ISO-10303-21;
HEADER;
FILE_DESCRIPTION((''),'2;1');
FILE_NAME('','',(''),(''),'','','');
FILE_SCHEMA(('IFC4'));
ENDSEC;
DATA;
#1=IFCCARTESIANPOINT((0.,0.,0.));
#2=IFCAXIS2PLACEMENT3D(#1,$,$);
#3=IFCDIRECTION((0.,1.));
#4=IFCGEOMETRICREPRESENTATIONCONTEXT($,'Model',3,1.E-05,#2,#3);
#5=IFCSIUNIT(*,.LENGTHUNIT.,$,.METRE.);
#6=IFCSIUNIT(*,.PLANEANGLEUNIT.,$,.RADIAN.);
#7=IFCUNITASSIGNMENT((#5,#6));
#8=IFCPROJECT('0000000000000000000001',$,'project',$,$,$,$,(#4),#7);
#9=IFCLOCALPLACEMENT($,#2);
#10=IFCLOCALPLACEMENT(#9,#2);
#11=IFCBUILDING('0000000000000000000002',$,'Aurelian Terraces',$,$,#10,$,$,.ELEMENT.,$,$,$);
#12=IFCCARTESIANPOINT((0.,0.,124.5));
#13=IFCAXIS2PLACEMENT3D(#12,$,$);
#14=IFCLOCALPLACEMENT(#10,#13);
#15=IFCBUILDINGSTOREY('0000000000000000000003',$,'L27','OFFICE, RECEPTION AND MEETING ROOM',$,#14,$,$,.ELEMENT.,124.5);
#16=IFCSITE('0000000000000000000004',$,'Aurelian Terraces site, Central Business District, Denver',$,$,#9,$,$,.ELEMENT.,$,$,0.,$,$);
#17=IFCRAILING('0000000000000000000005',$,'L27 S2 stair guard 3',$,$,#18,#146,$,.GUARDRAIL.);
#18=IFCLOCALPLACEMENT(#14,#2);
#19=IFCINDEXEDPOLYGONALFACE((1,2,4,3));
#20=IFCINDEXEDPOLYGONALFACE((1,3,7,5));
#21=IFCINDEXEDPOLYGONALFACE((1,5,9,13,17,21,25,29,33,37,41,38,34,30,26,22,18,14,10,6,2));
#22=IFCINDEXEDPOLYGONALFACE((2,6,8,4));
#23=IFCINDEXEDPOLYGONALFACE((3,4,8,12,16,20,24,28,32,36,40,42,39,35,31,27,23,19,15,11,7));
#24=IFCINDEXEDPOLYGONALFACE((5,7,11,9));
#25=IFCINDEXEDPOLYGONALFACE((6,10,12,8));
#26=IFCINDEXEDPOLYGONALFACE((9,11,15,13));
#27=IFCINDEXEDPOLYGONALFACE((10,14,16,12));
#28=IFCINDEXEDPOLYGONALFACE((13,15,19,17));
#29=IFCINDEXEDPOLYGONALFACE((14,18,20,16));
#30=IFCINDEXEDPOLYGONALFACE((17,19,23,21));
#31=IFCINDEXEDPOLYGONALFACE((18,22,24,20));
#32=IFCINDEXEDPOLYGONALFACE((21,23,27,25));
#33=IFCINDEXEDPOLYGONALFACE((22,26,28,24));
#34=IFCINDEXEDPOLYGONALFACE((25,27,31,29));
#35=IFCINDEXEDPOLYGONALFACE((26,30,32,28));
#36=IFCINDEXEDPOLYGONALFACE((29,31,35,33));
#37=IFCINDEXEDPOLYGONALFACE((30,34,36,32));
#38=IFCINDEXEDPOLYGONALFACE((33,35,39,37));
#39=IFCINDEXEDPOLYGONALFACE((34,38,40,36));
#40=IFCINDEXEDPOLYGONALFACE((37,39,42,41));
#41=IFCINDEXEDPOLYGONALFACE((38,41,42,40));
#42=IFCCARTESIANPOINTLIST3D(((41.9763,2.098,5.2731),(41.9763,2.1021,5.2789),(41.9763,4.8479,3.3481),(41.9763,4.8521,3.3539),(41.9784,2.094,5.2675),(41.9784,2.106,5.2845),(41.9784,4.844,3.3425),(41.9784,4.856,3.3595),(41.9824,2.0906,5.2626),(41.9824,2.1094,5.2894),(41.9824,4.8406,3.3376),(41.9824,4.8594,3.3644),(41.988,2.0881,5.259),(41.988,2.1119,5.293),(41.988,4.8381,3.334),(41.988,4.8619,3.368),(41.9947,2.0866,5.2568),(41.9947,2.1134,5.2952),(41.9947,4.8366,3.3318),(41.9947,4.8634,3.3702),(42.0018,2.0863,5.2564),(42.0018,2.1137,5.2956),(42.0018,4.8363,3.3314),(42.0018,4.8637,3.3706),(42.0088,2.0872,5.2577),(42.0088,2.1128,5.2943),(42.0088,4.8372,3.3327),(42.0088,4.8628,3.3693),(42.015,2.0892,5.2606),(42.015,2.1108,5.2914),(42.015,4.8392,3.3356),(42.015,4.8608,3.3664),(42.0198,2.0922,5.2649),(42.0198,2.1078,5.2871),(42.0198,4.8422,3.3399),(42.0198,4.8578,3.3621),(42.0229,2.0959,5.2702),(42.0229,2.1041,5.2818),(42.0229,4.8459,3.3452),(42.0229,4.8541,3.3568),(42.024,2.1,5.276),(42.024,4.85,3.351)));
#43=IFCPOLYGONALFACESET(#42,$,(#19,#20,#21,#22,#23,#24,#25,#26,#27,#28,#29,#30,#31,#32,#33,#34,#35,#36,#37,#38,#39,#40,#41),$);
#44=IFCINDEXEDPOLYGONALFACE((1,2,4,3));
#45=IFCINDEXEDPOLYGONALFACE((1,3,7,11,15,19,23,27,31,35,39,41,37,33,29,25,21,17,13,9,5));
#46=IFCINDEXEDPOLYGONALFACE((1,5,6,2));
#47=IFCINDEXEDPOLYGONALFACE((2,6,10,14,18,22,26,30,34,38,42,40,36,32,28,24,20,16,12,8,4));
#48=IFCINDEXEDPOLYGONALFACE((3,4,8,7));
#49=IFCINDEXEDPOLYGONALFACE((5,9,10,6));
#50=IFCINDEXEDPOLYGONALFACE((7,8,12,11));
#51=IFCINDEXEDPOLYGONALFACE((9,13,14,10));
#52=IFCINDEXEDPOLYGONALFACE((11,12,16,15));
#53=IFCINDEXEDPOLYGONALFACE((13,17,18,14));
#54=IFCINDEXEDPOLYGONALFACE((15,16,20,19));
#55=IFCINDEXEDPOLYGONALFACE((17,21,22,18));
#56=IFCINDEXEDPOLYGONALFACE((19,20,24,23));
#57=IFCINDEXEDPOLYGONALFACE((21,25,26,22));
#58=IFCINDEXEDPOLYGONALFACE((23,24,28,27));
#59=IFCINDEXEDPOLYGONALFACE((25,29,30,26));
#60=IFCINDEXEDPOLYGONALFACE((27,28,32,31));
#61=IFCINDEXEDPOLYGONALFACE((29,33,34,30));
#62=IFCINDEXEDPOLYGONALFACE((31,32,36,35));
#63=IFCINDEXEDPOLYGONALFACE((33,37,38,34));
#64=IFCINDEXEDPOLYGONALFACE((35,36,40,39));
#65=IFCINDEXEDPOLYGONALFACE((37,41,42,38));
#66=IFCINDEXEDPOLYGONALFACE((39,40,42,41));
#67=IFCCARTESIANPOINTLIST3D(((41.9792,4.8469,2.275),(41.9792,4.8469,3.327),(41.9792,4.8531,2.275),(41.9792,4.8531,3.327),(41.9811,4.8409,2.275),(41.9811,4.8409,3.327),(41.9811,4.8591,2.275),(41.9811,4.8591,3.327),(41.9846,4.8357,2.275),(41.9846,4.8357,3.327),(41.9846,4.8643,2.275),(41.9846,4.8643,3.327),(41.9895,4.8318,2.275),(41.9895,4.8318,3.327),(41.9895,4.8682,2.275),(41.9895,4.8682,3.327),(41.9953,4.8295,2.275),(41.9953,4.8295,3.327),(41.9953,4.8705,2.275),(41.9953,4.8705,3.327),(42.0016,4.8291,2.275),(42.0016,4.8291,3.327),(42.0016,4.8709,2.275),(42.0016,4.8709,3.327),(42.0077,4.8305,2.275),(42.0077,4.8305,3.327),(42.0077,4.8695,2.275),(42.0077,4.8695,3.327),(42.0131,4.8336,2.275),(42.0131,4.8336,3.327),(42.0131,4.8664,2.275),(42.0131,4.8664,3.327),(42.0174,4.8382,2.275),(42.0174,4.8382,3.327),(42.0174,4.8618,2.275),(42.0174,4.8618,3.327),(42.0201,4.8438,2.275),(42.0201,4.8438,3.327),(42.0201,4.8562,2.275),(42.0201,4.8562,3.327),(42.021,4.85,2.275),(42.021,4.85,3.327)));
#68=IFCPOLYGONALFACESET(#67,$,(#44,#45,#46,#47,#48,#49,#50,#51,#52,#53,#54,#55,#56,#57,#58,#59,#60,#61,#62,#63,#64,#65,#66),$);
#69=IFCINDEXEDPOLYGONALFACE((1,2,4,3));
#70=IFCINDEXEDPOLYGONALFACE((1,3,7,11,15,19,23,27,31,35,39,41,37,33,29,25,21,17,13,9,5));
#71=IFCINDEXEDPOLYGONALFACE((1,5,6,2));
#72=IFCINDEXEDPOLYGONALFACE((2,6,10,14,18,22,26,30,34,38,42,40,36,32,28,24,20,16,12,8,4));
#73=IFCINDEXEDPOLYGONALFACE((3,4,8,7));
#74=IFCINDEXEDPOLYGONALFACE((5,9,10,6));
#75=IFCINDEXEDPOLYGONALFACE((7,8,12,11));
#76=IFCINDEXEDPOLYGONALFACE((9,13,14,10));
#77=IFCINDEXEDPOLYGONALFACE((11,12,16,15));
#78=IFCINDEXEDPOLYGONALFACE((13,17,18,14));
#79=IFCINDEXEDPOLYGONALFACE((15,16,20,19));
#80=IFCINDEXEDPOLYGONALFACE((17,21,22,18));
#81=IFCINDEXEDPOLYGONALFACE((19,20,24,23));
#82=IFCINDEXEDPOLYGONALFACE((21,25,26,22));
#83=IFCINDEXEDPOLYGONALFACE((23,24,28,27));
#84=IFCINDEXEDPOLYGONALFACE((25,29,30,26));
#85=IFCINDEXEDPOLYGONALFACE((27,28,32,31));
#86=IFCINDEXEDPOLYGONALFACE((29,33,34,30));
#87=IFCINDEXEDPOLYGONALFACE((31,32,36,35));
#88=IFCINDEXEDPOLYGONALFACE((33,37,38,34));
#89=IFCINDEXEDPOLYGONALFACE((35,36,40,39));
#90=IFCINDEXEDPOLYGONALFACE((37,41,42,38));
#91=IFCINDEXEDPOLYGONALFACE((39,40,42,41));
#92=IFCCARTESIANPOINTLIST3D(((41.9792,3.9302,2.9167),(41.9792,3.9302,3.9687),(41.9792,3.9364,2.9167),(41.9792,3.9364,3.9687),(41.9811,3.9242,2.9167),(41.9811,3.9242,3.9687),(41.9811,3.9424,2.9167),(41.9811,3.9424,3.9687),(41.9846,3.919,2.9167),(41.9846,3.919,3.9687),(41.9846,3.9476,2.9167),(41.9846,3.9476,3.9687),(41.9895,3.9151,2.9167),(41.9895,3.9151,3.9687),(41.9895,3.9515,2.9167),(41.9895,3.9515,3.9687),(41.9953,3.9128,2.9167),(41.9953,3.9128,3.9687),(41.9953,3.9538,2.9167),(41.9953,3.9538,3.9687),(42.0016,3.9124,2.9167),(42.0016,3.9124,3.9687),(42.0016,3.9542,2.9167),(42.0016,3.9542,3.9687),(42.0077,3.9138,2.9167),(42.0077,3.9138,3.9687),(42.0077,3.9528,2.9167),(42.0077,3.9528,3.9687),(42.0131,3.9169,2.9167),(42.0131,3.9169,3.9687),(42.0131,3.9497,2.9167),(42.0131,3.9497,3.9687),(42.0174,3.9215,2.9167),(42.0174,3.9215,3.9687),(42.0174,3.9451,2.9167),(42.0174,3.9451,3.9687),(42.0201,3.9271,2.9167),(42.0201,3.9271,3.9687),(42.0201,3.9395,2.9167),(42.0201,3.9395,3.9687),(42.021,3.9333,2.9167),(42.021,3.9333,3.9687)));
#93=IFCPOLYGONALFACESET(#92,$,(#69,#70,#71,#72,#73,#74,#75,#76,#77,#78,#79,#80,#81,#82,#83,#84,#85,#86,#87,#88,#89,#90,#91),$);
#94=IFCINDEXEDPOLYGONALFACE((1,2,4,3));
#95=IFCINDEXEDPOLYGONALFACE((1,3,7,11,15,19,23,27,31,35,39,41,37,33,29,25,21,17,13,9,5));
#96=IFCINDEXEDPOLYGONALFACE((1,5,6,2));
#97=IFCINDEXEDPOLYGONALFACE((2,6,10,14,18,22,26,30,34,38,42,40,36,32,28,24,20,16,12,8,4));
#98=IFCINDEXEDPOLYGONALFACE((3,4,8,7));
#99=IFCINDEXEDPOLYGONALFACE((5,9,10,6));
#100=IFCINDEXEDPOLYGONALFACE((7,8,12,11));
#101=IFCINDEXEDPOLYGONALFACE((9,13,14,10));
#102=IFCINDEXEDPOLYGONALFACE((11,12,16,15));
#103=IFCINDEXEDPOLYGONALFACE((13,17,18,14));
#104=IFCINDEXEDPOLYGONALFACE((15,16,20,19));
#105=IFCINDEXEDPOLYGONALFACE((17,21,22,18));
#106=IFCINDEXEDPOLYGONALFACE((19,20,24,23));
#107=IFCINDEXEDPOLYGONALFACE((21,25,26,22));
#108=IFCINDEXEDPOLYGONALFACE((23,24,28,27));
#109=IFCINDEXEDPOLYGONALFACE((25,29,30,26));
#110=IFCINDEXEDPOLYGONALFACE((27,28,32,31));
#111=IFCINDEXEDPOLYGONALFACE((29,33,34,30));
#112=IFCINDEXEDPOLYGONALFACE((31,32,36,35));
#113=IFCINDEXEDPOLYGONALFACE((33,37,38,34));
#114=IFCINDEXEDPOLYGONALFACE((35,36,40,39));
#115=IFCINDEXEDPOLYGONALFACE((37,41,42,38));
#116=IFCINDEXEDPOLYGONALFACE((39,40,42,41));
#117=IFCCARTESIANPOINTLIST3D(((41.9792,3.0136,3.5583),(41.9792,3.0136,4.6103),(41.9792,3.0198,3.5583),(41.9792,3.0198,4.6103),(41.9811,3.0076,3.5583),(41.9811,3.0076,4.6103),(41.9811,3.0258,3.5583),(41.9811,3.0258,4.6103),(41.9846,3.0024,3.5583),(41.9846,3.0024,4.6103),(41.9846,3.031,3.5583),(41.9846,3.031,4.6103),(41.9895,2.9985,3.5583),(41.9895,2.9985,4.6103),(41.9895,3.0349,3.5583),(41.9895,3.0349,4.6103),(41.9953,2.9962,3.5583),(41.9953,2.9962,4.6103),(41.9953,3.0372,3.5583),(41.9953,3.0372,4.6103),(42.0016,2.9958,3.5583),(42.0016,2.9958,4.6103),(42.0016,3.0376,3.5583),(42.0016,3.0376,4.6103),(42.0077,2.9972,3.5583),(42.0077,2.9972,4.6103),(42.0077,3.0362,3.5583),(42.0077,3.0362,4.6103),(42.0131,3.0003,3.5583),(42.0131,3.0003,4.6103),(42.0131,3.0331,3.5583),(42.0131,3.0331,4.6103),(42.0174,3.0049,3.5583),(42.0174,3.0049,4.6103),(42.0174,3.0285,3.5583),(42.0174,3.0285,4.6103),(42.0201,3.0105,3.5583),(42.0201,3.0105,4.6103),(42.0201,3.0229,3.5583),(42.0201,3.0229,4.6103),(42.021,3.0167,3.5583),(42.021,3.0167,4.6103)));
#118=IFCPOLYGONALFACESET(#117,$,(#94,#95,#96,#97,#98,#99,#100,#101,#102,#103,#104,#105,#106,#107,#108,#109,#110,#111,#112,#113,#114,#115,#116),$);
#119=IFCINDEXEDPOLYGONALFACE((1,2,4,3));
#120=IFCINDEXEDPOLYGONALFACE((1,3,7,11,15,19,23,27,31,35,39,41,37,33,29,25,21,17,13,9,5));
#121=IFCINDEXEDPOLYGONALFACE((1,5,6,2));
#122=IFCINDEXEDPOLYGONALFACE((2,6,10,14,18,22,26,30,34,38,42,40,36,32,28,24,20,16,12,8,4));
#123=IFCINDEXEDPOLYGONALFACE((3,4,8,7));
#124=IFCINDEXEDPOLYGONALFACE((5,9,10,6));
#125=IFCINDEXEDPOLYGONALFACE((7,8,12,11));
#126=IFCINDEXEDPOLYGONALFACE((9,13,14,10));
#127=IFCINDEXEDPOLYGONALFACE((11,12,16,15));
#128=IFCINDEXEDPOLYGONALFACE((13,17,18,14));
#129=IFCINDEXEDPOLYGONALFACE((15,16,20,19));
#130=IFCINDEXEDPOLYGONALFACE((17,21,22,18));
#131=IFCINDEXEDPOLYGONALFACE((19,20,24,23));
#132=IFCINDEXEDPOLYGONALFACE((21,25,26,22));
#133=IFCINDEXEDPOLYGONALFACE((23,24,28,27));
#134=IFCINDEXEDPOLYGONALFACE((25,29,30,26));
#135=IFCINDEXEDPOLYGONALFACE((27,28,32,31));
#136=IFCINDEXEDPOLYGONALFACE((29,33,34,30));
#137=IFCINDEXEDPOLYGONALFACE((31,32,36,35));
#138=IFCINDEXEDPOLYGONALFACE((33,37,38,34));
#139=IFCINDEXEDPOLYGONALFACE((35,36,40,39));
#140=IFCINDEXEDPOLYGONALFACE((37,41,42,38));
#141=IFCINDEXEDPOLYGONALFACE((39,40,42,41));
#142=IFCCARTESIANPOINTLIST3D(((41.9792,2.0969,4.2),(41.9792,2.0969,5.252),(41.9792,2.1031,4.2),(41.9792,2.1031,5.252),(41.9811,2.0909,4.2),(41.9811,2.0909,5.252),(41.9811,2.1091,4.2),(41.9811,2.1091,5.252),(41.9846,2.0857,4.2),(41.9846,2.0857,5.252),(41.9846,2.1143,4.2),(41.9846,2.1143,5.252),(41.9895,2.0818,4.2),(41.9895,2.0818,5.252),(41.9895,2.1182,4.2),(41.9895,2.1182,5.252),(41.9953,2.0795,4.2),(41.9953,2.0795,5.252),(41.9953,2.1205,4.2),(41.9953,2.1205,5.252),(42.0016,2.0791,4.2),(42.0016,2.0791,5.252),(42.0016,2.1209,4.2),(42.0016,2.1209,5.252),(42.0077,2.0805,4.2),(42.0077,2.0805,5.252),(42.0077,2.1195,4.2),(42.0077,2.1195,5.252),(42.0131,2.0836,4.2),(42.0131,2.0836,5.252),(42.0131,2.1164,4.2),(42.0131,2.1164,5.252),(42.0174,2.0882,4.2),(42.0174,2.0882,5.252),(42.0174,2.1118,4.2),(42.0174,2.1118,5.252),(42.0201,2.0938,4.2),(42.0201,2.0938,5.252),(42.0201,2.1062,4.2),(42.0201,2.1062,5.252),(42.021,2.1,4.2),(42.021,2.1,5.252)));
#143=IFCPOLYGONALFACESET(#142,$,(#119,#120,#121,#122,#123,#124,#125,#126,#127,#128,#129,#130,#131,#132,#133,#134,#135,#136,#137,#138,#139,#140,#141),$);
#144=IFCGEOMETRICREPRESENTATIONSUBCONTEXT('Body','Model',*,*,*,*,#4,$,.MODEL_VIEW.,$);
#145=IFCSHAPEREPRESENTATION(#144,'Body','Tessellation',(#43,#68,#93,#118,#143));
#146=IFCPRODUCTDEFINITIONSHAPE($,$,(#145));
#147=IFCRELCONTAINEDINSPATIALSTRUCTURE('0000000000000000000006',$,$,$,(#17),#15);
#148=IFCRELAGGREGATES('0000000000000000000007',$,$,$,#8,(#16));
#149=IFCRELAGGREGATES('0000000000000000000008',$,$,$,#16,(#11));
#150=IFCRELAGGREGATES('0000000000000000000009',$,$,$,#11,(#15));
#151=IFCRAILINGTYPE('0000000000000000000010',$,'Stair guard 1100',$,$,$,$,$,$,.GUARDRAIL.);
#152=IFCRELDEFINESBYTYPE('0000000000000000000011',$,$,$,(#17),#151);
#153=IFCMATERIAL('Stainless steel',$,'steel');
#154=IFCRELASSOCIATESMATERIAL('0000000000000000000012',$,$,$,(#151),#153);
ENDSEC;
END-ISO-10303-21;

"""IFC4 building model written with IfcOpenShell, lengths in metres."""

from ifc_helpers import new_model, si_unit, direction, frame, origin, origin_2d, place, context, subcontext, project, spatial, circle, extrude, source, transform, mapped, material, type_object, element, save


model = new_model("IFC4")

# Units and contexts
model_context = context("Model", 3, precision=1e-05, world=origin(), true_north=direction((0.0, 1.0)))
body_context = subcontext(model_context, "Body", "Model", "MODEL_VIEW")
ifc_project = project(units=[si_unit("LENGTHUNIT", "METRE"), si_unit("PLANEANGLEUNIT", "RADIAN")], contexts=[model_context])

# Site, building, storey
site_placement = place(None, origin())
site = spatial("IfcSite", under=ifc_project, at=site_placement, Name="Aurelian Terraces site, Central Business District, Denver", CompositionType="ELEMENT", RefElevation=0.0)
building_placement = place(site_placement, origin())
building = spatial("IfcBuilding", under=site, at=building_placement, Name="Aurelian Terraces", CompositionType="ELEMENT")
storey_placement = place(building_placement, frame((0.0, 0.0, 124.5)))
storey = spatial("IfcBuildingStorey", under=building, at=storey_placement, Name="L27", Description="OFFICE, RECEPTION AND MEETING ROOM", CompositionType="ELEMENT", Elevation=124.5)

# Railing
ifc_material_1 = material(Name="Stainless steel", Category="steel")
railing_type_1 = type_object("IfcRailingType", Name="Stair guard 1100", PredefinedType="GUARDRAIL", material=ifc_material_1)
shared_shape_1 = source(origin(), body_context, "Body", "SweptSolid", [
    extrude(circle(Radius=0.024, at=origin_2d()), frame((0.0, 0.0, 1.076), z_axis=(0.0, -0.819232, 0.573462), x_axis=(1.0, 0.0, 0.0)), (0.0, 0.0, 1.0), 3.3568),
    extrude(circle(Radius=0.021, at=origin_2d()), origin(), (0.0, 0.0, 1.0), 1.052),
    extrude(circle(Radius=0.021, at=origin_2d()), frame((0.0, -0.9167, 0.6417)), (0.0, 0.0, 1.0), 1.052),
    extrude(circle(Radius=0.021, at=origin_2d()), frame((0.0, -1.8333, 1.2833)), (0.0, 0.0, 1.0), 1.052),
    extrude(circle(Radius=0.021, at=origin_2d()), frame((0.0, -2.75, 1.925)), (0.0, 0.0, 1.0), 1.052),
])
railing_1_placement = place(storey_placement, frame((42.0, 4.85, 2.275)))
element("IfcRailing", 1, at=railing_1_placement, inside=storey, type_object=railing_type_1, Name="L27 S2 stair guard 3", PredefinedType="GUARDRAIL", context=body_context, shape_type="MappedRepresentation", body=[
    mapped(shared_shape_1, transform((0.0, 0.0, 0.0), scale=1.0)),
])

save(model, "model.ifc")
